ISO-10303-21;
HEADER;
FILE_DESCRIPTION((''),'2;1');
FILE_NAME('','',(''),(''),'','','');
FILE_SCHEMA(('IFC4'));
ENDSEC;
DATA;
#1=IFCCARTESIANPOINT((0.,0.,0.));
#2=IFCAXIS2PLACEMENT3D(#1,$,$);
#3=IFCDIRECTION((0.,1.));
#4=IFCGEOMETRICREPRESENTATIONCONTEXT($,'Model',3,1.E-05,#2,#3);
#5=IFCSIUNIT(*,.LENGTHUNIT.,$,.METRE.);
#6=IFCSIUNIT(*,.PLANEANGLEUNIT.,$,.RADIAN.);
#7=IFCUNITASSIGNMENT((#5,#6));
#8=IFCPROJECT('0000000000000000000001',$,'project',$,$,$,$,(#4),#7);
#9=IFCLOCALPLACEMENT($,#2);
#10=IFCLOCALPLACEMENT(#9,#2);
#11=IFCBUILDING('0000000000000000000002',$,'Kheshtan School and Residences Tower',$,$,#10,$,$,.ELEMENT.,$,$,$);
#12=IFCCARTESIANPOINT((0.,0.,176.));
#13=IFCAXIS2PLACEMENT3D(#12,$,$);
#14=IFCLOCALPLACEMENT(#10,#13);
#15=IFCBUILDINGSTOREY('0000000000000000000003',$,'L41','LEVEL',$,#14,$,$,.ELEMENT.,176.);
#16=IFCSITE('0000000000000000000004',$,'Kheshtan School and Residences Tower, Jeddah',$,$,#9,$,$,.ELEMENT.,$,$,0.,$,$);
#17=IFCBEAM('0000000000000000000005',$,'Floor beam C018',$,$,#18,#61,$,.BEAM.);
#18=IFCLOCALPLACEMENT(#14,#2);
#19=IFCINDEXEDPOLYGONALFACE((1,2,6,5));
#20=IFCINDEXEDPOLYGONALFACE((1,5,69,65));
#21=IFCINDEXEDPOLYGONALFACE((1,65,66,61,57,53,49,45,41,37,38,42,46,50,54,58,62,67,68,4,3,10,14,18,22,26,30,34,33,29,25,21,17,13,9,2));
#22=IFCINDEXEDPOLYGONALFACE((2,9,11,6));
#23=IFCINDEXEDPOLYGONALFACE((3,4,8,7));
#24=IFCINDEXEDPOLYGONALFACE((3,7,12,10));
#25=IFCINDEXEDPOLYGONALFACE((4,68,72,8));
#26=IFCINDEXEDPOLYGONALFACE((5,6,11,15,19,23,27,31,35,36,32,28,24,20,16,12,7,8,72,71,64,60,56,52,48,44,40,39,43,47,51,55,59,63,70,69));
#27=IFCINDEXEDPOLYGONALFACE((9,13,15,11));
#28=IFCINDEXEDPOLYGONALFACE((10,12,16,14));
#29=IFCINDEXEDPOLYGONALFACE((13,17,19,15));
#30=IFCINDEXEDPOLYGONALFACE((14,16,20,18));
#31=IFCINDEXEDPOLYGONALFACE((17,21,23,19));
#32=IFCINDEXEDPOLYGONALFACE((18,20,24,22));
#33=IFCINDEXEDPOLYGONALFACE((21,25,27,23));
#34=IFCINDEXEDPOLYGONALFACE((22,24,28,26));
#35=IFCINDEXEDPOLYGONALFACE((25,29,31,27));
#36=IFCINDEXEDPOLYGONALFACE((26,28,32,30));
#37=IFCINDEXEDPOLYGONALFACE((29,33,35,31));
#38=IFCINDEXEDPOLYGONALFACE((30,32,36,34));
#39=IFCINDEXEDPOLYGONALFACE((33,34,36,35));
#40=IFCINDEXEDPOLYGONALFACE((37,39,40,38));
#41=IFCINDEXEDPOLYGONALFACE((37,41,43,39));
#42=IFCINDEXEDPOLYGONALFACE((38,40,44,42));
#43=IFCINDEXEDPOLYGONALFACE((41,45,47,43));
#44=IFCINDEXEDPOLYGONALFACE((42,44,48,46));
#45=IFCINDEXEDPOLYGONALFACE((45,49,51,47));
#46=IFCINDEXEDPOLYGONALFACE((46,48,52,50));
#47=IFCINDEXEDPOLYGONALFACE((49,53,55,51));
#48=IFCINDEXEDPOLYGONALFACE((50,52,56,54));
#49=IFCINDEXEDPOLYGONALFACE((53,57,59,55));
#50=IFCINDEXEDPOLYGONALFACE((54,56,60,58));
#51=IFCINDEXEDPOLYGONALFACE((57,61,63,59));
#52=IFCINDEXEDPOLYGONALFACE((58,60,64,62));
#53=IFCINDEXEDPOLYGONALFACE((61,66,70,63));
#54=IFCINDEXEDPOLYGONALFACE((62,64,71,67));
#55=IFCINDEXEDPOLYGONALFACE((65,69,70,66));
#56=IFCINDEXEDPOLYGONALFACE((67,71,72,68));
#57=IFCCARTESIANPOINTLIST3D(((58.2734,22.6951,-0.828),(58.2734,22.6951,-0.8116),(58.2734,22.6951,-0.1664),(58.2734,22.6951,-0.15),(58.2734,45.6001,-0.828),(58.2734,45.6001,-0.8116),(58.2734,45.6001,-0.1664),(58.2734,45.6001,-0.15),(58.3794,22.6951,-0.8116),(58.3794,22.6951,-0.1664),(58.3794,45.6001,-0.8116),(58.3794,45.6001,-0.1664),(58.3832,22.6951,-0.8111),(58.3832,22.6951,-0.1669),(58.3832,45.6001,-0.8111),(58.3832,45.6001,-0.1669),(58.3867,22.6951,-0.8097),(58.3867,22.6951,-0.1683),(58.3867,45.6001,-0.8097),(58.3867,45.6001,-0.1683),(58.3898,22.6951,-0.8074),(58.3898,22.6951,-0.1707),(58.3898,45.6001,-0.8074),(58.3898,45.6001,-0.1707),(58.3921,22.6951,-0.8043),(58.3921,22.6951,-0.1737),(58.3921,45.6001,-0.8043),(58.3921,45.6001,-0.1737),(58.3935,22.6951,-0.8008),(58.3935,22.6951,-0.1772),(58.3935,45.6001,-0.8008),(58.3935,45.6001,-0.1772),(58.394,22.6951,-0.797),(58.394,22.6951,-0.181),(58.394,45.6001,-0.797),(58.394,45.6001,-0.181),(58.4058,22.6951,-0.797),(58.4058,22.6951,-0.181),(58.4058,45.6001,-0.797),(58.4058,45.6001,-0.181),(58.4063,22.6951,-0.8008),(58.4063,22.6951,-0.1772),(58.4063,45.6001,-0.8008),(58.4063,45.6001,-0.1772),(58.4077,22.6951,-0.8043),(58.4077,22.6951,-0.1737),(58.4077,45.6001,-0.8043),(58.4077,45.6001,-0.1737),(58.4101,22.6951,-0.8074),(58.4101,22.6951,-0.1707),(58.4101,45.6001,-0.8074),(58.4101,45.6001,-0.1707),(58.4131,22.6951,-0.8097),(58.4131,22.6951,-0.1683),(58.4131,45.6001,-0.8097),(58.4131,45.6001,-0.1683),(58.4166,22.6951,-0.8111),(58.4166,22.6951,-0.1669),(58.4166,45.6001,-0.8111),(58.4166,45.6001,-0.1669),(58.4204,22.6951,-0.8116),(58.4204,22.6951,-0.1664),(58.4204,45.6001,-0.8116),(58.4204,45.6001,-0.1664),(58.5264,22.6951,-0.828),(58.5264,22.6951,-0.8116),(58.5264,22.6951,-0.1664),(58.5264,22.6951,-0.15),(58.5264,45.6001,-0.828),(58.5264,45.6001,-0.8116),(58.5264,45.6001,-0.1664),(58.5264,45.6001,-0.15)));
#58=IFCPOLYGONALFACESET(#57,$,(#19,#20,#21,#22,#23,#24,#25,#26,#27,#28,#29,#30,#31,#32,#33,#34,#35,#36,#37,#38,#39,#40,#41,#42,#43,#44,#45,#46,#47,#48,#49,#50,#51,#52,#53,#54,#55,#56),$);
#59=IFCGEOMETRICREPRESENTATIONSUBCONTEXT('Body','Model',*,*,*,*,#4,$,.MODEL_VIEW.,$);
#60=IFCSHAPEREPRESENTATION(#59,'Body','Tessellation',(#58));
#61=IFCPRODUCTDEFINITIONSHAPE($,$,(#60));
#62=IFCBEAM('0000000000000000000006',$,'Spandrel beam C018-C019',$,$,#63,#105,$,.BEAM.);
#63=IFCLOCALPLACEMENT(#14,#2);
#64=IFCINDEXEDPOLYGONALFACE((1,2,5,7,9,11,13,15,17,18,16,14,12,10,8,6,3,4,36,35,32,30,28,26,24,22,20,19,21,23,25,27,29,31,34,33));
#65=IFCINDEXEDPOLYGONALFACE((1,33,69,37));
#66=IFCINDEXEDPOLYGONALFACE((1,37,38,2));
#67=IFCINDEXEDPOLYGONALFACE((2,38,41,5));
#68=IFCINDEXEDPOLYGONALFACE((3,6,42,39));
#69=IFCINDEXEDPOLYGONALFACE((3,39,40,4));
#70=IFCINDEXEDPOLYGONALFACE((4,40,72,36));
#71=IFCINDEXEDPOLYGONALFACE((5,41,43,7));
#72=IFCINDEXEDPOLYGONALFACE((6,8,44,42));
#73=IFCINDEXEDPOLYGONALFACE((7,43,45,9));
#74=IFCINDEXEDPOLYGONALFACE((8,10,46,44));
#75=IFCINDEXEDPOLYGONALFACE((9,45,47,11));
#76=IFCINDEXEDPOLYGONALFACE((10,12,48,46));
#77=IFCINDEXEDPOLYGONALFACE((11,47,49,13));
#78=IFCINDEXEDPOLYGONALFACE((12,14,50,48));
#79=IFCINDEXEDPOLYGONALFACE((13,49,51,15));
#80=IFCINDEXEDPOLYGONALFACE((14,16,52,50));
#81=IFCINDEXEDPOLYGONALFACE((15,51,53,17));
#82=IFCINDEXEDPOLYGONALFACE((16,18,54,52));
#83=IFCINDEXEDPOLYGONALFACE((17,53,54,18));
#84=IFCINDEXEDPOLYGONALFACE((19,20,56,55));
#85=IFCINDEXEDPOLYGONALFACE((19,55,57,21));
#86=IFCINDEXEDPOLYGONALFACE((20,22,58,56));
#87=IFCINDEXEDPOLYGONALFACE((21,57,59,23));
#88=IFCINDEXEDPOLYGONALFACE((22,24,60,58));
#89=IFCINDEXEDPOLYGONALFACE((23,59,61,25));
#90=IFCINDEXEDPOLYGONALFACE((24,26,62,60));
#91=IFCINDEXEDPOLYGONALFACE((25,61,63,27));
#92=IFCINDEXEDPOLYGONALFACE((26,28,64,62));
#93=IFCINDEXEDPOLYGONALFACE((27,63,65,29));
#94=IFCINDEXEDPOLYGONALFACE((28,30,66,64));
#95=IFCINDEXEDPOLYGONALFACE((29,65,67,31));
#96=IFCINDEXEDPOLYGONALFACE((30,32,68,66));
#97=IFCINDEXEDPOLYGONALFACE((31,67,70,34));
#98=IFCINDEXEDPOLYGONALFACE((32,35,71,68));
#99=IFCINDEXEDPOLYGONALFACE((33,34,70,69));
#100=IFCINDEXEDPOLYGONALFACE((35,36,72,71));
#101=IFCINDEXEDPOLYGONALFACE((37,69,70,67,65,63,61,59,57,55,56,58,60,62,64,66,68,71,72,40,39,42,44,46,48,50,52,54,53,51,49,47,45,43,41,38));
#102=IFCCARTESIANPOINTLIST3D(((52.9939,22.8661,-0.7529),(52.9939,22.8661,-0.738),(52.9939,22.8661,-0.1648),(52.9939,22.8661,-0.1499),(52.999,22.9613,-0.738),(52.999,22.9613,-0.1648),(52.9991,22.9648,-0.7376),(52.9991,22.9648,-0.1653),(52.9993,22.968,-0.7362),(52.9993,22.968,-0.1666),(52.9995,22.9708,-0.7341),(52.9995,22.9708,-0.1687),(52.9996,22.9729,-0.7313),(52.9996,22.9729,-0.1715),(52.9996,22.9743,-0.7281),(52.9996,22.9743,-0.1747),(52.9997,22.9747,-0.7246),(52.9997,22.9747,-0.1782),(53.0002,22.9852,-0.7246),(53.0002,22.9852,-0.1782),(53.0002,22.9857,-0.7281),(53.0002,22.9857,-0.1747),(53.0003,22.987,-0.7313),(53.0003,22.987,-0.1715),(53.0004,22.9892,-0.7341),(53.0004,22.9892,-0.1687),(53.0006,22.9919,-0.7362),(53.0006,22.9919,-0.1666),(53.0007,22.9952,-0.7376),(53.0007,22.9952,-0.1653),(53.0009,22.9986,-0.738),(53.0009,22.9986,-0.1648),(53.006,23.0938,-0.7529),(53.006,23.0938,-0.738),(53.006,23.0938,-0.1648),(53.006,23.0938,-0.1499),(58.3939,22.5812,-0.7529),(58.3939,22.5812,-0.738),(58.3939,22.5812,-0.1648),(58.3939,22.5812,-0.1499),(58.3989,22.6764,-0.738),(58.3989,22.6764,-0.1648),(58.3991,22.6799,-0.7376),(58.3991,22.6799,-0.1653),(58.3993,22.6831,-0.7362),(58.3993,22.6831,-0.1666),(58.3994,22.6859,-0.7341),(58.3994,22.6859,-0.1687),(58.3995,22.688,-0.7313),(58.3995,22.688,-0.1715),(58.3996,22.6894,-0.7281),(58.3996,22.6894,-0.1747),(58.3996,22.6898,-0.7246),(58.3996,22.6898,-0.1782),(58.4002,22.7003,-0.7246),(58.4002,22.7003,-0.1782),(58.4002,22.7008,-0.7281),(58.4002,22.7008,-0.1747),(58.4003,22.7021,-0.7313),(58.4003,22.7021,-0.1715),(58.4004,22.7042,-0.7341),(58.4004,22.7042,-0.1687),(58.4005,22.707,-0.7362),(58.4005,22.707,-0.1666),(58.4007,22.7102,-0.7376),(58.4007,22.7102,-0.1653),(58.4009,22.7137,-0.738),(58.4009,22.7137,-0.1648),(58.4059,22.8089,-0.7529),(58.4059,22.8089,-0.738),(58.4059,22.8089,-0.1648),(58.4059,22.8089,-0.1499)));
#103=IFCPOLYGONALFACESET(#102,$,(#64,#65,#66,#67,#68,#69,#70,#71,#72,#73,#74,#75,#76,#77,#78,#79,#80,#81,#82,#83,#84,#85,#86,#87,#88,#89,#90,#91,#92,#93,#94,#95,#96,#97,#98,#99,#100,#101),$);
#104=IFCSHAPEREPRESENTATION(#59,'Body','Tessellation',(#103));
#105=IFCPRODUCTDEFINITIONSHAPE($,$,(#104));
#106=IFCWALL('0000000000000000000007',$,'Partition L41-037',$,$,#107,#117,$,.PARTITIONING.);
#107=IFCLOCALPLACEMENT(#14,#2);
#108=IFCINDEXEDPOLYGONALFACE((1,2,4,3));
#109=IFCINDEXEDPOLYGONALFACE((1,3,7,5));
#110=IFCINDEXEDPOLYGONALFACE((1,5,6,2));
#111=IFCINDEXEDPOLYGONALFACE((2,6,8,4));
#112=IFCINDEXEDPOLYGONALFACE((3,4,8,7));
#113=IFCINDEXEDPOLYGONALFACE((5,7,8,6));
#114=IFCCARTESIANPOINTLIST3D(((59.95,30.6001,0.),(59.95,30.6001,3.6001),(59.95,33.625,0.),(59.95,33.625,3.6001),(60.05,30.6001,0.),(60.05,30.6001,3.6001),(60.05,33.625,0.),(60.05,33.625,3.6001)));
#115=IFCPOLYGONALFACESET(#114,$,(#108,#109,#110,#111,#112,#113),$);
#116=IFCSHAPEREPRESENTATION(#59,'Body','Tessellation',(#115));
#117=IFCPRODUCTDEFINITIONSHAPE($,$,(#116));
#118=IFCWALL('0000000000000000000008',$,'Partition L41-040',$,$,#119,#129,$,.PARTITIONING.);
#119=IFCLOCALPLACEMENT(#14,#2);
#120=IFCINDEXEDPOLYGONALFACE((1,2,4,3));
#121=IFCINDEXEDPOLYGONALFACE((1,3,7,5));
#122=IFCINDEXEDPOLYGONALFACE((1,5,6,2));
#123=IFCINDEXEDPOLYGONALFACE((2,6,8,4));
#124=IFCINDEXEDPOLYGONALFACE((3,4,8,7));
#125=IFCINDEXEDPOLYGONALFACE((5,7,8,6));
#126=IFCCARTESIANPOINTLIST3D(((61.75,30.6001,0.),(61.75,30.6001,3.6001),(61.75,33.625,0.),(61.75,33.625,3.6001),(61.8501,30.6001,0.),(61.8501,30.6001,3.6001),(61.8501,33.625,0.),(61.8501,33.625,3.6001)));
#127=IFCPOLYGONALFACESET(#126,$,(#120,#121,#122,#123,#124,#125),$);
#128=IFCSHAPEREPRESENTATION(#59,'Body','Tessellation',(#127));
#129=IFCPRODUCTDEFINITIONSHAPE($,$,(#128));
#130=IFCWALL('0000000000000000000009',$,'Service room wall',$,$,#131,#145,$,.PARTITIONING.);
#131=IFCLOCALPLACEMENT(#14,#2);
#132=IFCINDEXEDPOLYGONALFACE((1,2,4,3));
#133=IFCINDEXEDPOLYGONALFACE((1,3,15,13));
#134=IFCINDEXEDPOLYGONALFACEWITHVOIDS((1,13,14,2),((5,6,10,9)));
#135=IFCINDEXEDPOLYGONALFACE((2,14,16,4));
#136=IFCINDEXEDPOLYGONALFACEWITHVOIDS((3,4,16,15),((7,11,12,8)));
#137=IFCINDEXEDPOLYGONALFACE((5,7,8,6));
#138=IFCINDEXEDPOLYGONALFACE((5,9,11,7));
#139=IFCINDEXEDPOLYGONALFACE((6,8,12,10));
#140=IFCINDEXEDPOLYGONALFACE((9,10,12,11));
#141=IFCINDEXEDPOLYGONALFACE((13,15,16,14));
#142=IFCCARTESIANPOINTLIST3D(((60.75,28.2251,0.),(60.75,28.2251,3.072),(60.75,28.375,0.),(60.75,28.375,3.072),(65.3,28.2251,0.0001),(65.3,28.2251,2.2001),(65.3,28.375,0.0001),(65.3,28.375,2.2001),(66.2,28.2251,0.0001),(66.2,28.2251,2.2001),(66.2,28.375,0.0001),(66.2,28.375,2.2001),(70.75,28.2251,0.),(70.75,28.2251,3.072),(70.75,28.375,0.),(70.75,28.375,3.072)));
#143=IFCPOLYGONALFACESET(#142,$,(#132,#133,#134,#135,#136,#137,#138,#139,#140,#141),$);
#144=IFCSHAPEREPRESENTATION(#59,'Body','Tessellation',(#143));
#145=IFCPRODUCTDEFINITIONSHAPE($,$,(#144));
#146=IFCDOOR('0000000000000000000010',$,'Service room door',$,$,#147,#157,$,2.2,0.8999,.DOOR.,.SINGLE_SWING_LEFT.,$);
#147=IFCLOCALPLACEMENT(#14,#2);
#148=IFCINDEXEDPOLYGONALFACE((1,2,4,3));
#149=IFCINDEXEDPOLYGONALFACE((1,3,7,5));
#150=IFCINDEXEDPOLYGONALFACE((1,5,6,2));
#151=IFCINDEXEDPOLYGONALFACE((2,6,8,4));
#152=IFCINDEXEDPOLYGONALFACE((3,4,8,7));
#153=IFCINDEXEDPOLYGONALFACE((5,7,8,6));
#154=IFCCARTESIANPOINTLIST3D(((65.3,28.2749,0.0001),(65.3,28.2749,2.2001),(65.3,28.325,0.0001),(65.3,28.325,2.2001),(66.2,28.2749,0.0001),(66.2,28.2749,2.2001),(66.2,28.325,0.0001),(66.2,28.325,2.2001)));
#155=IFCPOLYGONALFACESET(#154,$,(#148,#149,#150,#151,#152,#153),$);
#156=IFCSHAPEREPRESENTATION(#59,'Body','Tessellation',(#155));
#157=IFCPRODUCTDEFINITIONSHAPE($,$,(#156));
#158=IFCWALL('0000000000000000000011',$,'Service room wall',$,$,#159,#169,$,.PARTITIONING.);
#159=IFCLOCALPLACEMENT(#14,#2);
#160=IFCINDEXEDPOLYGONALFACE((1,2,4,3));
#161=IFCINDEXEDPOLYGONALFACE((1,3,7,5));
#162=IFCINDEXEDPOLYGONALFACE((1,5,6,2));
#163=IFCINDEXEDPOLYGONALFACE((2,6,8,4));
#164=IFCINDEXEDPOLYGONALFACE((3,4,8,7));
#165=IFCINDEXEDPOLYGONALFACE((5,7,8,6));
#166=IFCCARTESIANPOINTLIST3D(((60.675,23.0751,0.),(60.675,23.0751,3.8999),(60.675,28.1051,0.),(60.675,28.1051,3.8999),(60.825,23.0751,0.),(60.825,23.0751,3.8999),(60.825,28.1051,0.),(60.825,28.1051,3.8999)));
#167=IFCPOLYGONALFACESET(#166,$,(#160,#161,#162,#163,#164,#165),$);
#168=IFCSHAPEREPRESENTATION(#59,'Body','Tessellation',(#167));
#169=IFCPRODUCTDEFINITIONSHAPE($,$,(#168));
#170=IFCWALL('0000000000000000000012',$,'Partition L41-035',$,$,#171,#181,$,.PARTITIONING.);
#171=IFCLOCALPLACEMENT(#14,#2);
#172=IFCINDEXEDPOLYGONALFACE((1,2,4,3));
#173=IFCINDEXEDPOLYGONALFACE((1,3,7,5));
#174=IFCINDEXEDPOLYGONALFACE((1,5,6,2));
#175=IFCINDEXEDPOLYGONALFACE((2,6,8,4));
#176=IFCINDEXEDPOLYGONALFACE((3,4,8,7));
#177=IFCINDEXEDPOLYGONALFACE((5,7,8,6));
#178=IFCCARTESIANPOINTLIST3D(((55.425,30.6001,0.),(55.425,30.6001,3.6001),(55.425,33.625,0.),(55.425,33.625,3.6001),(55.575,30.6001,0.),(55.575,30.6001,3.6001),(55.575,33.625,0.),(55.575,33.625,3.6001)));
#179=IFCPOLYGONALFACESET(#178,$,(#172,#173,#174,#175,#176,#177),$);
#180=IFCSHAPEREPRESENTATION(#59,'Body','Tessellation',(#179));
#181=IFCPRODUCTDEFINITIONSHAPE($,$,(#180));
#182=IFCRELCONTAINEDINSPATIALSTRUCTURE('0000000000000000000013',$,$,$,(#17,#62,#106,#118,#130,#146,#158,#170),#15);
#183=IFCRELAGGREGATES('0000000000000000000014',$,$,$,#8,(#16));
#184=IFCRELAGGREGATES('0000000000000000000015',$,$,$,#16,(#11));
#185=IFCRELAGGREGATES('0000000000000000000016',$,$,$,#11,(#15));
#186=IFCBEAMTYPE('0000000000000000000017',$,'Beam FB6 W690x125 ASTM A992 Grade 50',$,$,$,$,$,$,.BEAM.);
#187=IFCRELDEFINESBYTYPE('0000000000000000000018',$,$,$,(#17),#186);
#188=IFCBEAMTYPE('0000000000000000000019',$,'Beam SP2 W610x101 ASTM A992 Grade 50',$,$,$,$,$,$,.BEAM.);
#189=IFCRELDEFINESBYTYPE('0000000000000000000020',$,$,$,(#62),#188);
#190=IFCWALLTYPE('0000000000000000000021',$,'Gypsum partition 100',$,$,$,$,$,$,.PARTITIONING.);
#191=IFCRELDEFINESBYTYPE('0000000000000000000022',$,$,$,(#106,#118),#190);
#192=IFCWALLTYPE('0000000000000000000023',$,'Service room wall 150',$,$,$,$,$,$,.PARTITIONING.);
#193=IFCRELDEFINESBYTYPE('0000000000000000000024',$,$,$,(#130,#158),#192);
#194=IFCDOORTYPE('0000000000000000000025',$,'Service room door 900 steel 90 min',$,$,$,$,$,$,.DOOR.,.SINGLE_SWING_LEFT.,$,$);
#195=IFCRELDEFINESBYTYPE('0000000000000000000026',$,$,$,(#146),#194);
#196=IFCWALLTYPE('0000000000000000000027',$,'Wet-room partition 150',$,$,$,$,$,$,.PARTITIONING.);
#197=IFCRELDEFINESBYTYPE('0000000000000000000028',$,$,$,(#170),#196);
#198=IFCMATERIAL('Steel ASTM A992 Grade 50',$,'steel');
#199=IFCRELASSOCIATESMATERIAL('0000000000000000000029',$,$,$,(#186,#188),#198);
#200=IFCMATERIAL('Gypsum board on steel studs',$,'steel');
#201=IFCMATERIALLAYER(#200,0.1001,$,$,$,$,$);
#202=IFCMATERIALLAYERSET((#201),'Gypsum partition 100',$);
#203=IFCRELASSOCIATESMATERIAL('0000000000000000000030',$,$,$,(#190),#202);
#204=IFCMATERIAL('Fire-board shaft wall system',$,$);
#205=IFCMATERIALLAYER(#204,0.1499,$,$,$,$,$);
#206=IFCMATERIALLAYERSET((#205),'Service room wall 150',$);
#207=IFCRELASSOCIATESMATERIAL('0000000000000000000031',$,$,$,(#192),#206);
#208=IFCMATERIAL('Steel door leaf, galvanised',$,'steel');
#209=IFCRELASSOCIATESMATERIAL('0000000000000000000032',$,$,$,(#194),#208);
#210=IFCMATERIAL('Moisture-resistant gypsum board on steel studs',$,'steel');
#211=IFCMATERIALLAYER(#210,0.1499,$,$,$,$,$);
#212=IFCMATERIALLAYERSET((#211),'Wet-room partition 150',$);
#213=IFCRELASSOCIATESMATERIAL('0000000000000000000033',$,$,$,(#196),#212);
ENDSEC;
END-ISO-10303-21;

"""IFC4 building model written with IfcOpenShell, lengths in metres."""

from ifc_helpers import new_model, si_unit, direction, frame, frame_2d, origin, origin_2d, place, context, subcontext, project, spatial, rectangle, i_section, extrude, source, transform, mapped, material, layer, layer_set, material_profile, profile_set, type_object, element, fill, save


model = new_model("IFC4")

# Units and contexts
model_context = context("Model", 3, precision=1e-05, world=origin(), true_north=direction((0.0, 1.0)))
body_context = subcontext(model_context, "Body", "Model", "MODEL_VIEW")
ifc_project = project(units=[si_unit("LENGTHUNIT", "METRE"), si_unit("PLANEANGLEUNIT", "RADIAN")], contexts=[model_context])

# Site, building, storey
site_placement = place(None, origin())
site = spatial("IfcSite", under=ifc_project, at=site_placement, Name="Kheshtan School and Residences Tower, Jeddah", CompositionType="ELEMENT", RefElevation=0.0)
building_placement = place(site_placement, origin())
building = spatial("IfcBuilding", under=site, at=building_placement, Name="Kheshtan School and Residences Tower", CompositionType="ELEMENT")
storey_placement = place(building_placement, frame((0.0, 0.0, 176.0)))
storey = spatial("IfcBuildingStorey", under=building, at=storey_placement, Name="L41", Description="LEVEL", CompositionType="ELEMENT", Elevation=176.0)

# Shared definitions
ifc_material_1 = material(Name="Steel ASTM A992 Grade 50", Category="steel")

# Beams
ifc_material_profile_1 = material_profile(ifc_material_1, i_section(OverallWidth=0.2529, OverallDepth=0.678, WebThickness=0.0117, FlangeThickness=0.0164, FilletRadius=0.0146, at=origin_2d()), Name="W690x125")
ifc_profile_set_1 = profile_set([ifc_material_profile_1], Name="Steel ASTM A992 Grade 50")
beam_type_1 = type_object("IfcBeamType", Name="Beam FB6 W690x125 ASTM A992 Grade 50", PredefinedType="BEAM", material=ifc_profile_set_1)
beam_1_placement = place(storey_placement, frame((58.3999, 22.6951, -0.489), z_axis=(0.0, 1.0, 0.0), x_axis=(-1.0, 0.0, 0.0)))
element("IfcBeam", 1, at=beam_1_placement, inside=storey, type_object=beam_type_1, Name="Floor beam C018", PredefinedType="BEAM", context=body_context, shape_type="SweptSolid", body=[
    extrude(i_section(OverallWidth=0.2529, OverallDepth=0.678, WebThickness=0.0117, FlangeThickness=0.0164, FilletRadius=0.0146, at=origin_2d()), origin(), (0.0, 0.0, 1.0), 22.905),
])
ifc_material_profile_2 = material_profile(ifc_material_1, i_section(OverallWidth=0.228, OverallDepth=0.603, WebThickness=0.0105, FlangeThickness=0.0149, FilletRadius=0.0134, at=origin_2d()), Name="W610x101")
ifc_profile_set_2 = profile_set([ifc_material_profile_2], Name="Steel ASTM A992 Grade 50")
beam_type_2 = type_object("IfcBeamType", Name="Beam SP2 W610x101 ASTM A992 Grade 50", PredefinedType="BEAM", material=ifc_profile_set_2)
beam_2_placement = place(storey_placement, frame((58.3999, 22.6951, -0.4514), z_axis=(-0.998611, 0.052689, 0.0), x_axis=(-0.052689, -0.998611, 0.0)))
element("IfcBeam", 2, at=beam_2_placement, inside=storey, type_object=beam_type_2, Name="Spandrel beam C018-C019", PredefinedType="BEAM", context=body_context, shape_type="SweptSolid", body=[
    extrude(i_section(OverallWidth=0.228, OverallDepth=0.603, WebThickness=0.0105, FlangeThickness=0.0149, FilletRadius=0.0134, at=origin_2d()), origin(), (0.0, 0.0, 1.0), 5.4075),
])

# Walls
ifc_material_2 = material(Name="Gypsum board on steel studs", Category="steel")
ifc_layer_1 = layer(ifc_material_2, 0.1001)
ifc_layer_set_1 = layer_set([ifc_layer_1], Name="Gypsum partition 100")
wall_type_1 = type_object("IfcWallType", Name="Gypsum partition 100", PredefinedType="PARTITIONING", material=ifc_layer_set_1)
for number, where, z_axis, x_axis, name in (
    (3, (60.0, 30.6001, 0.0), (0.0, 0.0, 1.0), (0.0, 1.0, 0.0), "Partition L41-037"),
    (4, (61.8, 30.6001, 0.0), (0.0, 0.0, 1.0), (0.0, 1.0, 0.0), "Partition L41-040"),
):
    element("IfcWall", number, at=place(storey_placement, frame(where, z_axis=z_axis, x_axis=x_axis)), inside=storey, type_object=wall_type_1, Name=name, PredefinedType="PARTITIONING", context=body_context, shape_type="SweptSolid", body=[
        extrude(rectangle(XDim=3.0249, YDim=0.1001, at=frame_2d((1.5125, 0.0))), origin(), (0.0, 0.0, 1.0), 3.6001),
    ])

# Wall, opening, door
ifc_material_3 = material(Name="Fire-board shaft wall system")
ifc_layer_2 = layer(ifc_material_3, 0.1499)
ifc_layer_set_2 = layer_set([ifc_layer_2], Name="Service room wall 150")
wall_type_2 = type_object("IfcWallType", Name="Service room wall 150", PredefinedType="PARTITIONING", material=ifc_layer_set_2)
wall_1_placement = place(storey_placement, frame((60.75, 28.3, 0.0), z_axis=(0.0, 0.0, 1.0), x_axis=(1.0, 0.0, 0.0)))
wall_1 = element("IfcWall", 5, at=wall_1_placement, inside=storey, type_object=wall_type_2, Name="Service room wall", PredefinedType="PARTITIONING", context=body_context, shape_type="SweptSolid", body=[
    extrude(rectangle(XDim=10.0, YDim=0.1499, at=frame_2d((5.0, 0.0))), origin(), (0.0, 0.0, 1.0), 3.072),
])
opening_1_placement = place(wall_1_placement, frame((4.55, 0.0, 0.0)))
opening_1 = element("IfcOpeningElement", 6, at=opening_1_placement, cuts=wall_1, PredefinedType="OPENING", context=body_context, shape_type="SweptSolid", body=[
    extrude(rectangle(XDim=0.8999, YDim=2.2, at=frame_2d((0.45, 1.1001))), frame((0.0, 0.085, 0.0), z_axis=(0.0, -1.0, 0.0), x_axis=(1.0, 0.0, 0.0)), (0.0, 0.0, 1.0), 0.1699),
])
ifc_material_4 = material(Name="Steel door leaf, galvanised", Category="steel")
door_type_1 = type_object("IfcDoorType", Name="Service room door 900 steel 90 min", OperationType="SINGLE_SWING_LEFT", PredefinedType="DOOR", material=ifc_material_4)
shared_shape_1 = source(origin(), body_context, "Body", "SweptSolid", [
    extrude(rectangle(XDim=0.8999, YDim=2.2, at=frame_2d((0.45, 1.1001))), frame((0.0, 0.0249, 0.0), z_axis=(0.0, -1.0, 0.0), x_axis=(1.0, 0.0, 0.0)), (0.0, 0.0, 1.0), 0.05),
])
door_1_placement = place(opening_1_placement, origin())
door_1 = element("IfcDoor", 7, at=door_1_placement, inside=storey, type_object=door_type_1, Name="Service room door", OperationType="SINGLE_SWING_LEFT", OverallHeight=2.2, OverallWidth=0.8999, PredefinedType="DOOR", context=body_context, shape_type="MappedRepresentation", body=[
    mapped(shared_shape_1, transform((0.0, 0.0, 0.0), x_axis=(1.0, 0.0, 0.0), y_axis=(0.0, 1.0, 0.0), z_axis=(0.0, 0.0, 1.0), scale=1.0)),
])
fill(opening_1, door_1)

# Walls
wall_2_placement = place(storey_placement, frame((60.75, 23.075, 0.0), z_axis=(0.0, 0.0, 1.0), x_axis=(0.0, 1.0, 0.0)))
element("IfcWall", 8, at=wall_2_placement, inside=storey, type_object=wall_type_2, Name="Service room wall", PredefinedType="PARTITIONING", context=body_context, shape_type="SweptSolid", body=[
    extrude(rectangle(XDim=5.03, YDim=0.1499, at=frame_2d((2.5151, 0.0))), origin(), (0.0, 0.0, 1.0), 3.8999),
])
ifc_material_5 = material(Name="Moisture-resistant gypsum board on steel studs", Category="steel")
ifc_layer_3 = layer(ifc_material_5, 0.1499)
ifc_layer_set_3 = layer_set([ifc_layer_3], Name="Wet-room partition 150")
wall_type_3 = type_object("IfcWallType", Name="Wet-room partition 150", PredefinedType="PARTITIONING", material=ifc_layer_set_3)
for number, where, z_axis, x_axis, name in (
    (9, (55.5, 30.6001, 0.0), (0.0, 0.0, 1.0), (0.0, 1.0, 0.0), "Partition L41-035"),
):
    element("IfcWall", number, at=place(storey_placement, frame(where, z_axis=z_axis, x_axis=x_axis)), inside=storey, type_object=wall_type_3, Name=name, PredefinedType="PARTITIONING", context=body_context, shape_type="SweptSolid", body=[
        extrude(rectangle(XDim=3.0249, YDim=0.1499, at=frame_2d((1.5125, 0.0))), origin(), (0.0, 0.0, 1.0), 3.6001),
    ])

save(model, "model.ifc")
